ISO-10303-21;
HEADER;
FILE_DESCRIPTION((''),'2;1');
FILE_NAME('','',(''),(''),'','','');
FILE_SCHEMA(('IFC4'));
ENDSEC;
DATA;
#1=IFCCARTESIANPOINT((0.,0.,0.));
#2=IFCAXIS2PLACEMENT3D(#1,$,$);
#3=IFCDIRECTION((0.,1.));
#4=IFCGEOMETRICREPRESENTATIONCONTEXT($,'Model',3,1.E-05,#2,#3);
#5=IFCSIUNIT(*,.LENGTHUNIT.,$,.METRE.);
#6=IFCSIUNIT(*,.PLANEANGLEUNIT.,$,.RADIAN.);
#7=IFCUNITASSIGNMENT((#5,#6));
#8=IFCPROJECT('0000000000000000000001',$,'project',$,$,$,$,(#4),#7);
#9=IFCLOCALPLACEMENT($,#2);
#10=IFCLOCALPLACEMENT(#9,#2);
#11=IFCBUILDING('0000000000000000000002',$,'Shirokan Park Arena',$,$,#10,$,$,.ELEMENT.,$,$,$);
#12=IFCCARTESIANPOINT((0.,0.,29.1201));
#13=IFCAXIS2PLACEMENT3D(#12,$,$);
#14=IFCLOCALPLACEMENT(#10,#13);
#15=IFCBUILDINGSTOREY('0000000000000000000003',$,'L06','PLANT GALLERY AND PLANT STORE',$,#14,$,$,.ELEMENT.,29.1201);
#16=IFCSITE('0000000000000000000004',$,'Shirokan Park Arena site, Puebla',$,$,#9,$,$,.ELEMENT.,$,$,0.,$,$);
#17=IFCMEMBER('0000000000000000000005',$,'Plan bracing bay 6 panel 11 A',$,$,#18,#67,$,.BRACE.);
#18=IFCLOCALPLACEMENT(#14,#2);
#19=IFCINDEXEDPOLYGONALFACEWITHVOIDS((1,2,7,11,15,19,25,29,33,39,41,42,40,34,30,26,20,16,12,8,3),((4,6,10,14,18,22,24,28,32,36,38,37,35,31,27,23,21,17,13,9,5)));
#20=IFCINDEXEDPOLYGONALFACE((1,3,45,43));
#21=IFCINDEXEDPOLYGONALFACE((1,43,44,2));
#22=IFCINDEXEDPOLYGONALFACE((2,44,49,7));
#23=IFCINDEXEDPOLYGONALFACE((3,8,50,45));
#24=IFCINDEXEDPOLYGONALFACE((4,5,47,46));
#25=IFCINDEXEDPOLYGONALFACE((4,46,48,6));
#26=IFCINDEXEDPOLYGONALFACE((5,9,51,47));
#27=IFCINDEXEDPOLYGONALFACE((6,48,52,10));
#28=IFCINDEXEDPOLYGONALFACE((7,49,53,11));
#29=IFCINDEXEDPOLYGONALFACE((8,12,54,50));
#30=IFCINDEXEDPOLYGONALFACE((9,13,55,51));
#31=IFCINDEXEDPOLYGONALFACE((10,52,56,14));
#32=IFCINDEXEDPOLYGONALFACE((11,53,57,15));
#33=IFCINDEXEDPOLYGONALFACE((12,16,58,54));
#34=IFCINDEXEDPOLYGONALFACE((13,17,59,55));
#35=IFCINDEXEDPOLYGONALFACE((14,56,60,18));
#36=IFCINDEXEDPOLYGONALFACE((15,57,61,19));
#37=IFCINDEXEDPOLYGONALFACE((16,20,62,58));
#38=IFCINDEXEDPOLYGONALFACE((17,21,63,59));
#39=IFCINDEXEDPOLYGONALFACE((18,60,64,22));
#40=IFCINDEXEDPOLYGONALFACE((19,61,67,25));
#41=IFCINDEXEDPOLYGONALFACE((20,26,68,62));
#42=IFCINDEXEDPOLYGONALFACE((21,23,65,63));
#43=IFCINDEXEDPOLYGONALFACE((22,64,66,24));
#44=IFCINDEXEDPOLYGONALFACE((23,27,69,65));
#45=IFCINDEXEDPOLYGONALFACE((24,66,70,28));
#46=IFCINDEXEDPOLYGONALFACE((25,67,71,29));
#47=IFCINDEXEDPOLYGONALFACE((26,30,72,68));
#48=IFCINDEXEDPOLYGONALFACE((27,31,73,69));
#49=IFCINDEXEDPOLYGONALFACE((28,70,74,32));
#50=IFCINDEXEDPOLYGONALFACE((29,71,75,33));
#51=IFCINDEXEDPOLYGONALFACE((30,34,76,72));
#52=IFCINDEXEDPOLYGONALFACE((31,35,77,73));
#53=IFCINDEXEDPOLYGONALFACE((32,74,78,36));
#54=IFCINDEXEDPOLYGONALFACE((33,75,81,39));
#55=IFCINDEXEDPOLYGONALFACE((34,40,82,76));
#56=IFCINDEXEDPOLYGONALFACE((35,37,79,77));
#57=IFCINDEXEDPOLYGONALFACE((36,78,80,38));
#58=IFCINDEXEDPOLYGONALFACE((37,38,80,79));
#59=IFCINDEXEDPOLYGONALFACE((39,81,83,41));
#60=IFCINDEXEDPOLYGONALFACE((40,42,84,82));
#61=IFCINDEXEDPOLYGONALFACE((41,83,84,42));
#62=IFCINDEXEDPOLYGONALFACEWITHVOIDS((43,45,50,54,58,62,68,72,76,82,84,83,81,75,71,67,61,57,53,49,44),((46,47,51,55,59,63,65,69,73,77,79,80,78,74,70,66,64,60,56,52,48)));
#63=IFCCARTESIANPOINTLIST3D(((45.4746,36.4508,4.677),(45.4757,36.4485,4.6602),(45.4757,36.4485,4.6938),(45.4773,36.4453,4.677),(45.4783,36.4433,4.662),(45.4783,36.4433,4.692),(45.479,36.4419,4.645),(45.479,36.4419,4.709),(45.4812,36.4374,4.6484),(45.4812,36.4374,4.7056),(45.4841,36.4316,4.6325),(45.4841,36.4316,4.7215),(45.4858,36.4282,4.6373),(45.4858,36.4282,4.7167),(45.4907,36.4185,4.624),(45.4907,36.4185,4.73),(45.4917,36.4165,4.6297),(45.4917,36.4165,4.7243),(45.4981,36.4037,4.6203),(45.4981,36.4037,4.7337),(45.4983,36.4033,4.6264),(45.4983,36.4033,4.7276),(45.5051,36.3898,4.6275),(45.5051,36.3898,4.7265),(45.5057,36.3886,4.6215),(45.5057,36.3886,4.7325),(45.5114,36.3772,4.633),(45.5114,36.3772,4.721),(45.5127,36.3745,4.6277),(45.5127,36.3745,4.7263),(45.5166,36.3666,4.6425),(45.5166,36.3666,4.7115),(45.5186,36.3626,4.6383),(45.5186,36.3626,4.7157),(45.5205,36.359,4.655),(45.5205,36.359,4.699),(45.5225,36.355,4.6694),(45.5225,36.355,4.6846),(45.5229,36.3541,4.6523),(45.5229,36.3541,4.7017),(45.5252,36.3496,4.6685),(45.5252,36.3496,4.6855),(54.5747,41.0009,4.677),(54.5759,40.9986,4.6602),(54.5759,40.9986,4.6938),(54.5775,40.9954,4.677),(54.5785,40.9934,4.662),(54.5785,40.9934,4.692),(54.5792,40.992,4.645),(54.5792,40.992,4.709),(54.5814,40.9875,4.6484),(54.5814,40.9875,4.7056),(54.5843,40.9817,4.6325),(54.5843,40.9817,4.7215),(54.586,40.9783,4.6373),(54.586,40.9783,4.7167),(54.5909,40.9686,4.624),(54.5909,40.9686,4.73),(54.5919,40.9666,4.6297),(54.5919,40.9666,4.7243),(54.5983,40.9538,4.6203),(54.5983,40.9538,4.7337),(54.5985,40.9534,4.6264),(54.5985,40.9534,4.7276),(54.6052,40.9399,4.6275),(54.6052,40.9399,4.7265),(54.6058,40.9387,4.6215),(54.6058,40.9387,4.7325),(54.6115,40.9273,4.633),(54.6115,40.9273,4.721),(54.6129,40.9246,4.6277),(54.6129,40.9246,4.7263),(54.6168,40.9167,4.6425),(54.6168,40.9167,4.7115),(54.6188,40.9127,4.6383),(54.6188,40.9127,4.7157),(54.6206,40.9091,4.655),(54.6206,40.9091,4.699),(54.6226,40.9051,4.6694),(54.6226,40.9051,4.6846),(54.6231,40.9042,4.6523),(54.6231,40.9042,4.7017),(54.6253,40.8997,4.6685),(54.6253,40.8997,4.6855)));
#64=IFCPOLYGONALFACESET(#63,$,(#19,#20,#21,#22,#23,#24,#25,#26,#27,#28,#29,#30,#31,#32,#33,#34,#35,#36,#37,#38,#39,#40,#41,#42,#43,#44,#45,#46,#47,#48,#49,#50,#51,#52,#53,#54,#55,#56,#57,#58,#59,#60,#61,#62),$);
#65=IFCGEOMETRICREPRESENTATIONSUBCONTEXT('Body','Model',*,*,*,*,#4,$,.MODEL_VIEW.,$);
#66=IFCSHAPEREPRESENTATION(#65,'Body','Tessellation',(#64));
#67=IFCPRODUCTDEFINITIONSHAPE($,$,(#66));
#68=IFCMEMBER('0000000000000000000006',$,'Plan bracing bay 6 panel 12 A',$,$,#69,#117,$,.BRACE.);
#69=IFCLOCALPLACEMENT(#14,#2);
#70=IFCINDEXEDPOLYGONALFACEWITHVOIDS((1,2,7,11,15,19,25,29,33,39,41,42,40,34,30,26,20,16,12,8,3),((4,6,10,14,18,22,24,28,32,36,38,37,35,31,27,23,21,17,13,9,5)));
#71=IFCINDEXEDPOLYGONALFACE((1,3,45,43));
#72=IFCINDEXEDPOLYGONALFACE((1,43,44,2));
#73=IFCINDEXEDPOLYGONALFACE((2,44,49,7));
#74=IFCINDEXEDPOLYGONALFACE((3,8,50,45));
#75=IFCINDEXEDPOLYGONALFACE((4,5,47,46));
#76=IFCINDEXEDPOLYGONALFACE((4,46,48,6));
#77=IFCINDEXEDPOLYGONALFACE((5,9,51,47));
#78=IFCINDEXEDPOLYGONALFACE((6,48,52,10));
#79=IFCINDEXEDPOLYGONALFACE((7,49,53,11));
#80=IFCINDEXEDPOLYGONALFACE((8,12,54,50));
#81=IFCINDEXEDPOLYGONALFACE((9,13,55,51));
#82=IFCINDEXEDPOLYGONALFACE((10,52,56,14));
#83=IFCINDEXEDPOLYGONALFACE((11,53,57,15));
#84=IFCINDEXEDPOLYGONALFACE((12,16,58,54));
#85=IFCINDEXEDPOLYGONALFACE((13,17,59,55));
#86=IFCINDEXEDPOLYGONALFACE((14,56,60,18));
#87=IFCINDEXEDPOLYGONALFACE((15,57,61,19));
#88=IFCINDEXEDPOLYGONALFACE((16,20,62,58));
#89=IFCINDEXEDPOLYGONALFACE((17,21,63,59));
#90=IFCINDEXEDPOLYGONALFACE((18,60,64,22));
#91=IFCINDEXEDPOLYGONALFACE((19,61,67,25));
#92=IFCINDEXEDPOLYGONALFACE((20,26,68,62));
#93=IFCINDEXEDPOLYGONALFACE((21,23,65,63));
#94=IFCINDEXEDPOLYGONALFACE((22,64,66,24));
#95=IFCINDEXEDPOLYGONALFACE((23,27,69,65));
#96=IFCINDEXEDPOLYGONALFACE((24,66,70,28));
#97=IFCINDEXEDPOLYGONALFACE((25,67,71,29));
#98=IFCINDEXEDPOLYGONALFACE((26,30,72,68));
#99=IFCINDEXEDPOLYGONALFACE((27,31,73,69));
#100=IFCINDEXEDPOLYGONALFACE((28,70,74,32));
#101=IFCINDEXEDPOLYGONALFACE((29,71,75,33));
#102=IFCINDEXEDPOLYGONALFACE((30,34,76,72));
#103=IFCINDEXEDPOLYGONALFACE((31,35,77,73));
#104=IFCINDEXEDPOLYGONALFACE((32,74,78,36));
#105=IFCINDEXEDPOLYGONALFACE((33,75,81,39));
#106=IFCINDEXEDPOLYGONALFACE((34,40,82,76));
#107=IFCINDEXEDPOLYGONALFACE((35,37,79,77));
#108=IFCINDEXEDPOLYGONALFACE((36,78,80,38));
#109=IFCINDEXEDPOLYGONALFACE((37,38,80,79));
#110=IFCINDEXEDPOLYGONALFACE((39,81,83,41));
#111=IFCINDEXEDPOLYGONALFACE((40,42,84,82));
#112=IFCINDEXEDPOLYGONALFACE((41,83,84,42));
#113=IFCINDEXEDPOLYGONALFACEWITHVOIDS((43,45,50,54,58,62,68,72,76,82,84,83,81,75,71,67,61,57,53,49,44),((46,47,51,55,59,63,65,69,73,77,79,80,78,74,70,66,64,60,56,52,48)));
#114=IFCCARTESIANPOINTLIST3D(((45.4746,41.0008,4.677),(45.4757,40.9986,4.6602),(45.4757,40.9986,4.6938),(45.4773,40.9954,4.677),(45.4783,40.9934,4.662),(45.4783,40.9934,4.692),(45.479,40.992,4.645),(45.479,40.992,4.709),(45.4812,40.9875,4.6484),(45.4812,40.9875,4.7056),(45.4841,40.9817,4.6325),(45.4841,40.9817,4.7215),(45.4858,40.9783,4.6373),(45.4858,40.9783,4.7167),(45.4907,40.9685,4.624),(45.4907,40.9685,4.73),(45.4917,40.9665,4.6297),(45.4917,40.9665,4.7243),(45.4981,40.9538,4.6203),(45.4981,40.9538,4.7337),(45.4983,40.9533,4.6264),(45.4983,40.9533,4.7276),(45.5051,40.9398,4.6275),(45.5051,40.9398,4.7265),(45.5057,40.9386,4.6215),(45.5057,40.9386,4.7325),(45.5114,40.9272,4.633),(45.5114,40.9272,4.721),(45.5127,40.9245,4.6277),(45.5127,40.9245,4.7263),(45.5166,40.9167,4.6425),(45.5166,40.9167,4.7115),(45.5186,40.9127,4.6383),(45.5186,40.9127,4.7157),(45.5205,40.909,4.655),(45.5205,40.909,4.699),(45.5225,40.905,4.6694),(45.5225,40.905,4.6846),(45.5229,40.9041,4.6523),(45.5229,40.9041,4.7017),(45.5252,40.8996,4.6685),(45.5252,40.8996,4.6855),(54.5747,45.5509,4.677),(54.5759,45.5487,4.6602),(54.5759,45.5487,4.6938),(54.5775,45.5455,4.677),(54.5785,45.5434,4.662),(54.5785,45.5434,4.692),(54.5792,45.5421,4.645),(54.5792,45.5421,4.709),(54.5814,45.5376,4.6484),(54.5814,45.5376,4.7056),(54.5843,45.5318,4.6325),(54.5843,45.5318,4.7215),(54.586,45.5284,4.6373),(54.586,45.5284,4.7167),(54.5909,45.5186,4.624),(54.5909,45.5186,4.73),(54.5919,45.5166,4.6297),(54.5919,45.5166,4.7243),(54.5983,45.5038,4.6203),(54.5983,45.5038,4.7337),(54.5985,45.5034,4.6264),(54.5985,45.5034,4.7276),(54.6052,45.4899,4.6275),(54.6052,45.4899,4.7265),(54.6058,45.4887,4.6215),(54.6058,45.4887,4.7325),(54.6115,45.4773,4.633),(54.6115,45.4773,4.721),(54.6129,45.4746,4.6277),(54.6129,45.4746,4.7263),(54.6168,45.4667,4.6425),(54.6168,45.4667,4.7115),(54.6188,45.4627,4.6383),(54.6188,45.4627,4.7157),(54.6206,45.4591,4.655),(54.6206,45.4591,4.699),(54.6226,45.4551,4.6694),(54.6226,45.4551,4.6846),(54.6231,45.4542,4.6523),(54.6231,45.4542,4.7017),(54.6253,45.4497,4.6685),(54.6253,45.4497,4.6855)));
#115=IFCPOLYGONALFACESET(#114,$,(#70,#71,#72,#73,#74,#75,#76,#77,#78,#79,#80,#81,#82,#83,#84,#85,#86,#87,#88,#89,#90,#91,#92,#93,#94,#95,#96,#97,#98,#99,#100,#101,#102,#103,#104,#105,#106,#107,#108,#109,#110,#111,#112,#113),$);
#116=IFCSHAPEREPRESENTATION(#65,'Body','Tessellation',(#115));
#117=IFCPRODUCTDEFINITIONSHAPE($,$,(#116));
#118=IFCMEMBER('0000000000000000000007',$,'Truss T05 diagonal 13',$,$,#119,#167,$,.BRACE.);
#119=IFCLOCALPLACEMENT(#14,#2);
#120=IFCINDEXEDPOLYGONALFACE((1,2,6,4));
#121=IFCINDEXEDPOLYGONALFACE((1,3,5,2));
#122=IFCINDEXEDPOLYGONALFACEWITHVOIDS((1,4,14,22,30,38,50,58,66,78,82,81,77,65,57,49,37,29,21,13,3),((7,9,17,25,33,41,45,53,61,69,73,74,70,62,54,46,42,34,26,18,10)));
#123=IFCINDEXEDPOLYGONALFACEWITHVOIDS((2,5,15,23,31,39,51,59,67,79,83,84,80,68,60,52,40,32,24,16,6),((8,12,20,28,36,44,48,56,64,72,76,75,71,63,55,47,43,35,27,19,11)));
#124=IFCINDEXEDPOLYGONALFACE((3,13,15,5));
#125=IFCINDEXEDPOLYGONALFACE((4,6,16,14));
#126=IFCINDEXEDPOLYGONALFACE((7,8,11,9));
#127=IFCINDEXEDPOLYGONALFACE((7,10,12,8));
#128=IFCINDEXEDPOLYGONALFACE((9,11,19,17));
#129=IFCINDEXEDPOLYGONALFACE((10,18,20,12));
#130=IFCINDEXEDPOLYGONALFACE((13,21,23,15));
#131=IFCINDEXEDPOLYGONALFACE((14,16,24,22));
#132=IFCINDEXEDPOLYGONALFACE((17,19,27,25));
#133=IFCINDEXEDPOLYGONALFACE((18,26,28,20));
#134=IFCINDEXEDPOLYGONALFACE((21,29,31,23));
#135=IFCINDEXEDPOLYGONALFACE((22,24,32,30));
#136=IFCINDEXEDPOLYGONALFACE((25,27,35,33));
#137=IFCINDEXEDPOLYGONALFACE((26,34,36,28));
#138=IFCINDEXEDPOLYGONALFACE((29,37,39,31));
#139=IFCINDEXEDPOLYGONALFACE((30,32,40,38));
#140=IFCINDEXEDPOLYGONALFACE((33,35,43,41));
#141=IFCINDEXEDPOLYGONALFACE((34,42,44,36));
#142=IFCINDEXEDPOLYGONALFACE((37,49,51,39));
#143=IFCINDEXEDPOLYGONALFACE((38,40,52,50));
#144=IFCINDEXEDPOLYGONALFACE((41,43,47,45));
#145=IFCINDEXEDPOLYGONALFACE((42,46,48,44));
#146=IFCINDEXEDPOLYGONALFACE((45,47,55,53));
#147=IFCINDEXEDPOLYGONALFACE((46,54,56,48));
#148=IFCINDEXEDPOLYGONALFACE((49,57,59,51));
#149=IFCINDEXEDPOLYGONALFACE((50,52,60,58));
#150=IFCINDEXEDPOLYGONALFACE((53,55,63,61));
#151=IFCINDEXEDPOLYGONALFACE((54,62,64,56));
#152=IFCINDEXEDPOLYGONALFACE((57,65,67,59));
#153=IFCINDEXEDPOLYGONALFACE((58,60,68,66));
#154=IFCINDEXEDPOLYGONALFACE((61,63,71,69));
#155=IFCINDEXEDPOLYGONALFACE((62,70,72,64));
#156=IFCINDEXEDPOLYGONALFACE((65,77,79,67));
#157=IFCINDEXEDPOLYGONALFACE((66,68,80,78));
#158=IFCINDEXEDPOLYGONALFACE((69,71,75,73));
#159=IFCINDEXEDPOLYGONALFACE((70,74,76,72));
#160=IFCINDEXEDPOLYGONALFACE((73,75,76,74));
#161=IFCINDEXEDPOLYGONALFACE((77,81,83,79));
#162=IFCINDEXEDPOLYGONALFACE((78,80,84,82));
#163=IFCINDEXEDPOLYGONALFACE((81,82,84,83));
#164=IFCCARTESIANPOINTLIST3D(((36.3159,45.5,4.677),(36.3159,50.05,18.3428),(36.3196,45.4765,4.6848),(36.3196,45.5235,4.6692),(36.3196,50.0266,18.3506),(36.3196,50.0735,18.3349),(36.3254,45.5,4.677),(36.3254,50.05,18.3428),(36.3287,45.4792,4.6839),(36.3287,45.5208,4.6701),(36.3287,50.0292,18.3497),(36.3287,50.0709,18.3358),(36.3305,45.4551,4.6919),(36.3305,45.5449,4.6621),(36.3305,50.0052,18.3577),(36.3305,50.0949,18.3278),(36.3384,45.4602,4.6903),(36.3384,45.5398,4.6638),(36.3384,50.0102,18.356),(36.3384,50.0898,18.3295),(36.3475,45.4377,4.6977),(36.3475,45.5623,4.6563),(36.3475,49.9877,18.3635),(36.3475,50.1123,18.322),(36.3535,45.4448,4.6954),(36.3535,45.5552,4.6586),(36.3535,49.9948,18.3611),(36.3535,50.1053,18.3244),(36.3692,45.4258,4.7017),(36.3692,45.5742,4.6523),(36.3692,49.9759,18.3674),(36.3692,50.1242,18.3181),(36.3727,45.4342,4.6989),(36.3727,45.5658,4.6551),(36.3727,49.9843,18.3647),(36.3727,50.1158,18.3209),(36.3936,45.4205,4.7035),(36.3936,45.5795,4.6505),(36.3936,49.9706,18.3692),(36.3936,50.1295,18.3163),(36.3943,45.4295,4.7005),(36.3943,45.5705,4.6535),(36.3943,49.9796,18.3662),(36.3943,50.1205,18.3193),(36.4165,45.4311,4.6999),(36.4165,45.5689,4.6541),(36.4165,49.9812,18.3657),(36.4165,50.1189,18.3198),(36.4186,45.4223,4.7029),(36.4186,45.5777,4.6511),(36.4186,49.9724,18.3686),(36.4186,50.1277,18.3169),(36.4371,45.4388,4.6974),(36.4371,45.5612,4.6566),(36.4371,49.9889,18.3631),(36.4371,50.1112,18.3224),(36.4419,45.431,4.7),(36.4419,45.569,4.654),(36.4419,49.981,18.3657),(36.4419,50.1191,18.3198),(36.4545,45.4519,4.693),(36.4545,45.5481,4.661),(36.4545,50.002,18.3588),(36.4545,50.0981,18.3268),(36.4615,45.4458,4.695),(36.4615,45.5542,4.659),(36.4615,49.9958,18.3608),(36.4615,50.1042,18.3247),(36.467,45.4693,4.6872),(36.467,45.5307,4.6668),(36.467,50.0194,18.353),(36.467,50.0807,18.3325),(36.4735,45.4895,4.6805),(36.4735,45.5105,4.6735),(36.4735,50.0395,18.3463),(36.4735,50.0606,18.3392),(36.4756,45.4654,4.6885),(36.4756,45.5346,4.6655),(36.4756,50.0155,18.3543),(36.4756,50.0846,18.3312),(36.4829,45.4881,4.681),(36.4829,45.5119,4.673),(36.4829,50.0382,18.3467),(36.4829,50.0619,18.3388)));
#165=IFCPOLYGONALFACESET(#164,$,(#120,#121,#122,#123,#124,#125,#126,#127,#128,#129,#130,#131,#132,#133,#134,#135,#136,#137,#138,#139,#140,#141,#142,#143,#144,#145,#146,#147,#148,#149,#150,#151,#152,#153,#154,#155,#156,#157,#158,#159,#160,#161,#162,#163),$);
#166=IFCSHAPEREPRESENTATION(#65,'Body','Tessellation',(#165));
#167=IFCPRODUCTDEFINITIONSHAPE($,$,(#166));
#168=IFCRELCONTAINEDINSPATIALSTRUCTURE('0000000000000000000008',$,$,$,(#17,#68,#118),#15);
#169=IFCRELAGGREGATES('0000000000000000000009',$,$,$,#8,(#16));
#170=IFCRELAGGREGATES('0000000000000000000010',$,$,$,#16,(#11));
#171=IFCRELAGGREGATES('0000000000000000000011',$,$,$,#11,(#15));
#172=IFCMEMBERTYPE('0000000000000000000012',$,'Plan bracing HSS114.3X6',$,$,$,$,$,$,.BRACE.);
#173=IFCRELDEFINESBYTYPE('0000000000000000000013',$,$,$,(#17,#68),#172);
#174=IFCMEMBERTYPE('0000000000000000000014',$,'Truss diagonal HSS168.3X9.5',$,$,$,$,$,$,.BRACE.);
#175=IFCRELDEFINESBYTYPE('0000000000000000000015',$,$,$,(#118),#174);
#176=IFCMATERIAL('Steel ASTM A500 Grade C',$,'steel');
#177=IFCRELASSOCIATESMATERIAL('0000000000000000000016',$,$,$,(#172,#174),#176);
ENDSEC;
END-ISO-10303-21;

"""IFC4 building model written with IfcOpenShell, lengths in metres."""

from ifc_helpers import new_model, si_unit, direction, frame, origin, origin_2d, place, context, subcontext, project, spatial, hollow_circle, extrude, material, material_profile, profile_set, type_object, element, save


model = new_model("IFC4")

# Units and contexts
model_context = context("Model", 3, precision=1e-05, world=origin(), true_north=direction((0.0, 1.0)))
body_context = subcontext(model_context, "Body", "Model", "MODEL_VIEW")
ifc_project = project(units=[si_unit("LENGTHUNIT", "METRE"), si_unit("PLANEANGLEUNIT", "RADIAN")], contexts=[model_context])

# Site, building, storey
site_placement = place(None, origin())
site = spatial("IfcSite", under=ifc_project, at=site_placement, Name="Shirokan Park Arena site, Puebla", CompositionType="ELEMENT", RefElevation=0.0)
building_placement = place(site_placement, origin())
building = spatial("IfcBuilding", under=site, at=building_placement, Name="Shirokan Park Arena", CompositionType="ELEMENT")
storey_placement = place(building_placement, frame((0.0, 0.0, 29.1201)))
storey = spatial("IfcBuildingStorey", under=building, at=storey_placement, Name="L06", Description="PLANT GALLERY AND PLANT STORE", CompositionType="ELEMENT", Elevation=29.1201)

# Members
ifc_material_1 = material(Name="Steel ASTM A500 Grade C", Category="steel")
ifc_material_profile_1 = material_profile(ifc_material_1, hollow_circle(Radius=0.0569, WallThickness=0.0061, at=origin_2d()), Name="HSS114.3X6")
ifc_profile_set_1 = profile_set([ifc_material_profile_1], Name="Steel ASTM A500 Grade C")
member_type_1 = type_object("IfcMemberType", Name="Plan bracing HSS114.3X6", PredefinedType="BRACE", material=ifc_profile_set_1)
for number, where, z_axis, x_axis, name in (
    (1, (45.5, 36.3999, 4.677), (0.894427, 0.447214, 0.0), (-0.447214, 0.894427, 0.0), "Plan bracing bay 6 panel 11 A"),
    (2, (45.5, 40.95, 4.677), (0.894427, 0.447214, 0.0), (-0.447214, 0.894427, 0.0), "Plan bracing bay 6 panel 12 A"),
):
    element("IfcMember", number, at=place(storey_placement, frame(where, z_axis=z_axis, x_axis=x_axis)), inside=storey, type_object=member_type_1, Name=name, PredefinedType="BRACE", context=body_context, shape_type="SweptSolid", body=[
        extrude(hollow_circle(Radius=0.0569, WallThickness=0.0061, at=origin_2d()), origin(), (0.0, 0.0, 1.0), 10.1743),
    ])
ifc_material_profile_2 = material_profile(ifc_material_1, hollow_circle(Radius=0.084, WallThickness=0.0095, at=origin_2d()), Name="HSS168.3X9.5")
ifc_profile_set_2 = profile_set([ifc_material_profile_2], Name="Steel ASTM A500 Grade C")
member_type_2 = type_object("IfcMemberType", Name="Truss diagonal HSS168.3X9.5", PredefinedType="BRACE", material=ifc_profile_set_2)
member_1_placement = place(storey_placement, frame((36.3999, 45.5, 4.677), z_axis=(0.0, 0.315902, 0.948792), x_axis=(-1.0, 0.0, 0.0)))
element("IfcMember", 3, at=member_1_placement, inside=storey, type_object=member_type_2, Name="Truss T05 diagonal 13", PredefinedType="BRACE", context=body_context, shape_type="SweptSolid", body=[
    extrude(hollow_circle(Radius=0.084, WallThickness=0.0095, at=origin_2d()), origin(), (0.0, 0.0, 1.0), 14.4033),
])

save(model, "model.ifc")
